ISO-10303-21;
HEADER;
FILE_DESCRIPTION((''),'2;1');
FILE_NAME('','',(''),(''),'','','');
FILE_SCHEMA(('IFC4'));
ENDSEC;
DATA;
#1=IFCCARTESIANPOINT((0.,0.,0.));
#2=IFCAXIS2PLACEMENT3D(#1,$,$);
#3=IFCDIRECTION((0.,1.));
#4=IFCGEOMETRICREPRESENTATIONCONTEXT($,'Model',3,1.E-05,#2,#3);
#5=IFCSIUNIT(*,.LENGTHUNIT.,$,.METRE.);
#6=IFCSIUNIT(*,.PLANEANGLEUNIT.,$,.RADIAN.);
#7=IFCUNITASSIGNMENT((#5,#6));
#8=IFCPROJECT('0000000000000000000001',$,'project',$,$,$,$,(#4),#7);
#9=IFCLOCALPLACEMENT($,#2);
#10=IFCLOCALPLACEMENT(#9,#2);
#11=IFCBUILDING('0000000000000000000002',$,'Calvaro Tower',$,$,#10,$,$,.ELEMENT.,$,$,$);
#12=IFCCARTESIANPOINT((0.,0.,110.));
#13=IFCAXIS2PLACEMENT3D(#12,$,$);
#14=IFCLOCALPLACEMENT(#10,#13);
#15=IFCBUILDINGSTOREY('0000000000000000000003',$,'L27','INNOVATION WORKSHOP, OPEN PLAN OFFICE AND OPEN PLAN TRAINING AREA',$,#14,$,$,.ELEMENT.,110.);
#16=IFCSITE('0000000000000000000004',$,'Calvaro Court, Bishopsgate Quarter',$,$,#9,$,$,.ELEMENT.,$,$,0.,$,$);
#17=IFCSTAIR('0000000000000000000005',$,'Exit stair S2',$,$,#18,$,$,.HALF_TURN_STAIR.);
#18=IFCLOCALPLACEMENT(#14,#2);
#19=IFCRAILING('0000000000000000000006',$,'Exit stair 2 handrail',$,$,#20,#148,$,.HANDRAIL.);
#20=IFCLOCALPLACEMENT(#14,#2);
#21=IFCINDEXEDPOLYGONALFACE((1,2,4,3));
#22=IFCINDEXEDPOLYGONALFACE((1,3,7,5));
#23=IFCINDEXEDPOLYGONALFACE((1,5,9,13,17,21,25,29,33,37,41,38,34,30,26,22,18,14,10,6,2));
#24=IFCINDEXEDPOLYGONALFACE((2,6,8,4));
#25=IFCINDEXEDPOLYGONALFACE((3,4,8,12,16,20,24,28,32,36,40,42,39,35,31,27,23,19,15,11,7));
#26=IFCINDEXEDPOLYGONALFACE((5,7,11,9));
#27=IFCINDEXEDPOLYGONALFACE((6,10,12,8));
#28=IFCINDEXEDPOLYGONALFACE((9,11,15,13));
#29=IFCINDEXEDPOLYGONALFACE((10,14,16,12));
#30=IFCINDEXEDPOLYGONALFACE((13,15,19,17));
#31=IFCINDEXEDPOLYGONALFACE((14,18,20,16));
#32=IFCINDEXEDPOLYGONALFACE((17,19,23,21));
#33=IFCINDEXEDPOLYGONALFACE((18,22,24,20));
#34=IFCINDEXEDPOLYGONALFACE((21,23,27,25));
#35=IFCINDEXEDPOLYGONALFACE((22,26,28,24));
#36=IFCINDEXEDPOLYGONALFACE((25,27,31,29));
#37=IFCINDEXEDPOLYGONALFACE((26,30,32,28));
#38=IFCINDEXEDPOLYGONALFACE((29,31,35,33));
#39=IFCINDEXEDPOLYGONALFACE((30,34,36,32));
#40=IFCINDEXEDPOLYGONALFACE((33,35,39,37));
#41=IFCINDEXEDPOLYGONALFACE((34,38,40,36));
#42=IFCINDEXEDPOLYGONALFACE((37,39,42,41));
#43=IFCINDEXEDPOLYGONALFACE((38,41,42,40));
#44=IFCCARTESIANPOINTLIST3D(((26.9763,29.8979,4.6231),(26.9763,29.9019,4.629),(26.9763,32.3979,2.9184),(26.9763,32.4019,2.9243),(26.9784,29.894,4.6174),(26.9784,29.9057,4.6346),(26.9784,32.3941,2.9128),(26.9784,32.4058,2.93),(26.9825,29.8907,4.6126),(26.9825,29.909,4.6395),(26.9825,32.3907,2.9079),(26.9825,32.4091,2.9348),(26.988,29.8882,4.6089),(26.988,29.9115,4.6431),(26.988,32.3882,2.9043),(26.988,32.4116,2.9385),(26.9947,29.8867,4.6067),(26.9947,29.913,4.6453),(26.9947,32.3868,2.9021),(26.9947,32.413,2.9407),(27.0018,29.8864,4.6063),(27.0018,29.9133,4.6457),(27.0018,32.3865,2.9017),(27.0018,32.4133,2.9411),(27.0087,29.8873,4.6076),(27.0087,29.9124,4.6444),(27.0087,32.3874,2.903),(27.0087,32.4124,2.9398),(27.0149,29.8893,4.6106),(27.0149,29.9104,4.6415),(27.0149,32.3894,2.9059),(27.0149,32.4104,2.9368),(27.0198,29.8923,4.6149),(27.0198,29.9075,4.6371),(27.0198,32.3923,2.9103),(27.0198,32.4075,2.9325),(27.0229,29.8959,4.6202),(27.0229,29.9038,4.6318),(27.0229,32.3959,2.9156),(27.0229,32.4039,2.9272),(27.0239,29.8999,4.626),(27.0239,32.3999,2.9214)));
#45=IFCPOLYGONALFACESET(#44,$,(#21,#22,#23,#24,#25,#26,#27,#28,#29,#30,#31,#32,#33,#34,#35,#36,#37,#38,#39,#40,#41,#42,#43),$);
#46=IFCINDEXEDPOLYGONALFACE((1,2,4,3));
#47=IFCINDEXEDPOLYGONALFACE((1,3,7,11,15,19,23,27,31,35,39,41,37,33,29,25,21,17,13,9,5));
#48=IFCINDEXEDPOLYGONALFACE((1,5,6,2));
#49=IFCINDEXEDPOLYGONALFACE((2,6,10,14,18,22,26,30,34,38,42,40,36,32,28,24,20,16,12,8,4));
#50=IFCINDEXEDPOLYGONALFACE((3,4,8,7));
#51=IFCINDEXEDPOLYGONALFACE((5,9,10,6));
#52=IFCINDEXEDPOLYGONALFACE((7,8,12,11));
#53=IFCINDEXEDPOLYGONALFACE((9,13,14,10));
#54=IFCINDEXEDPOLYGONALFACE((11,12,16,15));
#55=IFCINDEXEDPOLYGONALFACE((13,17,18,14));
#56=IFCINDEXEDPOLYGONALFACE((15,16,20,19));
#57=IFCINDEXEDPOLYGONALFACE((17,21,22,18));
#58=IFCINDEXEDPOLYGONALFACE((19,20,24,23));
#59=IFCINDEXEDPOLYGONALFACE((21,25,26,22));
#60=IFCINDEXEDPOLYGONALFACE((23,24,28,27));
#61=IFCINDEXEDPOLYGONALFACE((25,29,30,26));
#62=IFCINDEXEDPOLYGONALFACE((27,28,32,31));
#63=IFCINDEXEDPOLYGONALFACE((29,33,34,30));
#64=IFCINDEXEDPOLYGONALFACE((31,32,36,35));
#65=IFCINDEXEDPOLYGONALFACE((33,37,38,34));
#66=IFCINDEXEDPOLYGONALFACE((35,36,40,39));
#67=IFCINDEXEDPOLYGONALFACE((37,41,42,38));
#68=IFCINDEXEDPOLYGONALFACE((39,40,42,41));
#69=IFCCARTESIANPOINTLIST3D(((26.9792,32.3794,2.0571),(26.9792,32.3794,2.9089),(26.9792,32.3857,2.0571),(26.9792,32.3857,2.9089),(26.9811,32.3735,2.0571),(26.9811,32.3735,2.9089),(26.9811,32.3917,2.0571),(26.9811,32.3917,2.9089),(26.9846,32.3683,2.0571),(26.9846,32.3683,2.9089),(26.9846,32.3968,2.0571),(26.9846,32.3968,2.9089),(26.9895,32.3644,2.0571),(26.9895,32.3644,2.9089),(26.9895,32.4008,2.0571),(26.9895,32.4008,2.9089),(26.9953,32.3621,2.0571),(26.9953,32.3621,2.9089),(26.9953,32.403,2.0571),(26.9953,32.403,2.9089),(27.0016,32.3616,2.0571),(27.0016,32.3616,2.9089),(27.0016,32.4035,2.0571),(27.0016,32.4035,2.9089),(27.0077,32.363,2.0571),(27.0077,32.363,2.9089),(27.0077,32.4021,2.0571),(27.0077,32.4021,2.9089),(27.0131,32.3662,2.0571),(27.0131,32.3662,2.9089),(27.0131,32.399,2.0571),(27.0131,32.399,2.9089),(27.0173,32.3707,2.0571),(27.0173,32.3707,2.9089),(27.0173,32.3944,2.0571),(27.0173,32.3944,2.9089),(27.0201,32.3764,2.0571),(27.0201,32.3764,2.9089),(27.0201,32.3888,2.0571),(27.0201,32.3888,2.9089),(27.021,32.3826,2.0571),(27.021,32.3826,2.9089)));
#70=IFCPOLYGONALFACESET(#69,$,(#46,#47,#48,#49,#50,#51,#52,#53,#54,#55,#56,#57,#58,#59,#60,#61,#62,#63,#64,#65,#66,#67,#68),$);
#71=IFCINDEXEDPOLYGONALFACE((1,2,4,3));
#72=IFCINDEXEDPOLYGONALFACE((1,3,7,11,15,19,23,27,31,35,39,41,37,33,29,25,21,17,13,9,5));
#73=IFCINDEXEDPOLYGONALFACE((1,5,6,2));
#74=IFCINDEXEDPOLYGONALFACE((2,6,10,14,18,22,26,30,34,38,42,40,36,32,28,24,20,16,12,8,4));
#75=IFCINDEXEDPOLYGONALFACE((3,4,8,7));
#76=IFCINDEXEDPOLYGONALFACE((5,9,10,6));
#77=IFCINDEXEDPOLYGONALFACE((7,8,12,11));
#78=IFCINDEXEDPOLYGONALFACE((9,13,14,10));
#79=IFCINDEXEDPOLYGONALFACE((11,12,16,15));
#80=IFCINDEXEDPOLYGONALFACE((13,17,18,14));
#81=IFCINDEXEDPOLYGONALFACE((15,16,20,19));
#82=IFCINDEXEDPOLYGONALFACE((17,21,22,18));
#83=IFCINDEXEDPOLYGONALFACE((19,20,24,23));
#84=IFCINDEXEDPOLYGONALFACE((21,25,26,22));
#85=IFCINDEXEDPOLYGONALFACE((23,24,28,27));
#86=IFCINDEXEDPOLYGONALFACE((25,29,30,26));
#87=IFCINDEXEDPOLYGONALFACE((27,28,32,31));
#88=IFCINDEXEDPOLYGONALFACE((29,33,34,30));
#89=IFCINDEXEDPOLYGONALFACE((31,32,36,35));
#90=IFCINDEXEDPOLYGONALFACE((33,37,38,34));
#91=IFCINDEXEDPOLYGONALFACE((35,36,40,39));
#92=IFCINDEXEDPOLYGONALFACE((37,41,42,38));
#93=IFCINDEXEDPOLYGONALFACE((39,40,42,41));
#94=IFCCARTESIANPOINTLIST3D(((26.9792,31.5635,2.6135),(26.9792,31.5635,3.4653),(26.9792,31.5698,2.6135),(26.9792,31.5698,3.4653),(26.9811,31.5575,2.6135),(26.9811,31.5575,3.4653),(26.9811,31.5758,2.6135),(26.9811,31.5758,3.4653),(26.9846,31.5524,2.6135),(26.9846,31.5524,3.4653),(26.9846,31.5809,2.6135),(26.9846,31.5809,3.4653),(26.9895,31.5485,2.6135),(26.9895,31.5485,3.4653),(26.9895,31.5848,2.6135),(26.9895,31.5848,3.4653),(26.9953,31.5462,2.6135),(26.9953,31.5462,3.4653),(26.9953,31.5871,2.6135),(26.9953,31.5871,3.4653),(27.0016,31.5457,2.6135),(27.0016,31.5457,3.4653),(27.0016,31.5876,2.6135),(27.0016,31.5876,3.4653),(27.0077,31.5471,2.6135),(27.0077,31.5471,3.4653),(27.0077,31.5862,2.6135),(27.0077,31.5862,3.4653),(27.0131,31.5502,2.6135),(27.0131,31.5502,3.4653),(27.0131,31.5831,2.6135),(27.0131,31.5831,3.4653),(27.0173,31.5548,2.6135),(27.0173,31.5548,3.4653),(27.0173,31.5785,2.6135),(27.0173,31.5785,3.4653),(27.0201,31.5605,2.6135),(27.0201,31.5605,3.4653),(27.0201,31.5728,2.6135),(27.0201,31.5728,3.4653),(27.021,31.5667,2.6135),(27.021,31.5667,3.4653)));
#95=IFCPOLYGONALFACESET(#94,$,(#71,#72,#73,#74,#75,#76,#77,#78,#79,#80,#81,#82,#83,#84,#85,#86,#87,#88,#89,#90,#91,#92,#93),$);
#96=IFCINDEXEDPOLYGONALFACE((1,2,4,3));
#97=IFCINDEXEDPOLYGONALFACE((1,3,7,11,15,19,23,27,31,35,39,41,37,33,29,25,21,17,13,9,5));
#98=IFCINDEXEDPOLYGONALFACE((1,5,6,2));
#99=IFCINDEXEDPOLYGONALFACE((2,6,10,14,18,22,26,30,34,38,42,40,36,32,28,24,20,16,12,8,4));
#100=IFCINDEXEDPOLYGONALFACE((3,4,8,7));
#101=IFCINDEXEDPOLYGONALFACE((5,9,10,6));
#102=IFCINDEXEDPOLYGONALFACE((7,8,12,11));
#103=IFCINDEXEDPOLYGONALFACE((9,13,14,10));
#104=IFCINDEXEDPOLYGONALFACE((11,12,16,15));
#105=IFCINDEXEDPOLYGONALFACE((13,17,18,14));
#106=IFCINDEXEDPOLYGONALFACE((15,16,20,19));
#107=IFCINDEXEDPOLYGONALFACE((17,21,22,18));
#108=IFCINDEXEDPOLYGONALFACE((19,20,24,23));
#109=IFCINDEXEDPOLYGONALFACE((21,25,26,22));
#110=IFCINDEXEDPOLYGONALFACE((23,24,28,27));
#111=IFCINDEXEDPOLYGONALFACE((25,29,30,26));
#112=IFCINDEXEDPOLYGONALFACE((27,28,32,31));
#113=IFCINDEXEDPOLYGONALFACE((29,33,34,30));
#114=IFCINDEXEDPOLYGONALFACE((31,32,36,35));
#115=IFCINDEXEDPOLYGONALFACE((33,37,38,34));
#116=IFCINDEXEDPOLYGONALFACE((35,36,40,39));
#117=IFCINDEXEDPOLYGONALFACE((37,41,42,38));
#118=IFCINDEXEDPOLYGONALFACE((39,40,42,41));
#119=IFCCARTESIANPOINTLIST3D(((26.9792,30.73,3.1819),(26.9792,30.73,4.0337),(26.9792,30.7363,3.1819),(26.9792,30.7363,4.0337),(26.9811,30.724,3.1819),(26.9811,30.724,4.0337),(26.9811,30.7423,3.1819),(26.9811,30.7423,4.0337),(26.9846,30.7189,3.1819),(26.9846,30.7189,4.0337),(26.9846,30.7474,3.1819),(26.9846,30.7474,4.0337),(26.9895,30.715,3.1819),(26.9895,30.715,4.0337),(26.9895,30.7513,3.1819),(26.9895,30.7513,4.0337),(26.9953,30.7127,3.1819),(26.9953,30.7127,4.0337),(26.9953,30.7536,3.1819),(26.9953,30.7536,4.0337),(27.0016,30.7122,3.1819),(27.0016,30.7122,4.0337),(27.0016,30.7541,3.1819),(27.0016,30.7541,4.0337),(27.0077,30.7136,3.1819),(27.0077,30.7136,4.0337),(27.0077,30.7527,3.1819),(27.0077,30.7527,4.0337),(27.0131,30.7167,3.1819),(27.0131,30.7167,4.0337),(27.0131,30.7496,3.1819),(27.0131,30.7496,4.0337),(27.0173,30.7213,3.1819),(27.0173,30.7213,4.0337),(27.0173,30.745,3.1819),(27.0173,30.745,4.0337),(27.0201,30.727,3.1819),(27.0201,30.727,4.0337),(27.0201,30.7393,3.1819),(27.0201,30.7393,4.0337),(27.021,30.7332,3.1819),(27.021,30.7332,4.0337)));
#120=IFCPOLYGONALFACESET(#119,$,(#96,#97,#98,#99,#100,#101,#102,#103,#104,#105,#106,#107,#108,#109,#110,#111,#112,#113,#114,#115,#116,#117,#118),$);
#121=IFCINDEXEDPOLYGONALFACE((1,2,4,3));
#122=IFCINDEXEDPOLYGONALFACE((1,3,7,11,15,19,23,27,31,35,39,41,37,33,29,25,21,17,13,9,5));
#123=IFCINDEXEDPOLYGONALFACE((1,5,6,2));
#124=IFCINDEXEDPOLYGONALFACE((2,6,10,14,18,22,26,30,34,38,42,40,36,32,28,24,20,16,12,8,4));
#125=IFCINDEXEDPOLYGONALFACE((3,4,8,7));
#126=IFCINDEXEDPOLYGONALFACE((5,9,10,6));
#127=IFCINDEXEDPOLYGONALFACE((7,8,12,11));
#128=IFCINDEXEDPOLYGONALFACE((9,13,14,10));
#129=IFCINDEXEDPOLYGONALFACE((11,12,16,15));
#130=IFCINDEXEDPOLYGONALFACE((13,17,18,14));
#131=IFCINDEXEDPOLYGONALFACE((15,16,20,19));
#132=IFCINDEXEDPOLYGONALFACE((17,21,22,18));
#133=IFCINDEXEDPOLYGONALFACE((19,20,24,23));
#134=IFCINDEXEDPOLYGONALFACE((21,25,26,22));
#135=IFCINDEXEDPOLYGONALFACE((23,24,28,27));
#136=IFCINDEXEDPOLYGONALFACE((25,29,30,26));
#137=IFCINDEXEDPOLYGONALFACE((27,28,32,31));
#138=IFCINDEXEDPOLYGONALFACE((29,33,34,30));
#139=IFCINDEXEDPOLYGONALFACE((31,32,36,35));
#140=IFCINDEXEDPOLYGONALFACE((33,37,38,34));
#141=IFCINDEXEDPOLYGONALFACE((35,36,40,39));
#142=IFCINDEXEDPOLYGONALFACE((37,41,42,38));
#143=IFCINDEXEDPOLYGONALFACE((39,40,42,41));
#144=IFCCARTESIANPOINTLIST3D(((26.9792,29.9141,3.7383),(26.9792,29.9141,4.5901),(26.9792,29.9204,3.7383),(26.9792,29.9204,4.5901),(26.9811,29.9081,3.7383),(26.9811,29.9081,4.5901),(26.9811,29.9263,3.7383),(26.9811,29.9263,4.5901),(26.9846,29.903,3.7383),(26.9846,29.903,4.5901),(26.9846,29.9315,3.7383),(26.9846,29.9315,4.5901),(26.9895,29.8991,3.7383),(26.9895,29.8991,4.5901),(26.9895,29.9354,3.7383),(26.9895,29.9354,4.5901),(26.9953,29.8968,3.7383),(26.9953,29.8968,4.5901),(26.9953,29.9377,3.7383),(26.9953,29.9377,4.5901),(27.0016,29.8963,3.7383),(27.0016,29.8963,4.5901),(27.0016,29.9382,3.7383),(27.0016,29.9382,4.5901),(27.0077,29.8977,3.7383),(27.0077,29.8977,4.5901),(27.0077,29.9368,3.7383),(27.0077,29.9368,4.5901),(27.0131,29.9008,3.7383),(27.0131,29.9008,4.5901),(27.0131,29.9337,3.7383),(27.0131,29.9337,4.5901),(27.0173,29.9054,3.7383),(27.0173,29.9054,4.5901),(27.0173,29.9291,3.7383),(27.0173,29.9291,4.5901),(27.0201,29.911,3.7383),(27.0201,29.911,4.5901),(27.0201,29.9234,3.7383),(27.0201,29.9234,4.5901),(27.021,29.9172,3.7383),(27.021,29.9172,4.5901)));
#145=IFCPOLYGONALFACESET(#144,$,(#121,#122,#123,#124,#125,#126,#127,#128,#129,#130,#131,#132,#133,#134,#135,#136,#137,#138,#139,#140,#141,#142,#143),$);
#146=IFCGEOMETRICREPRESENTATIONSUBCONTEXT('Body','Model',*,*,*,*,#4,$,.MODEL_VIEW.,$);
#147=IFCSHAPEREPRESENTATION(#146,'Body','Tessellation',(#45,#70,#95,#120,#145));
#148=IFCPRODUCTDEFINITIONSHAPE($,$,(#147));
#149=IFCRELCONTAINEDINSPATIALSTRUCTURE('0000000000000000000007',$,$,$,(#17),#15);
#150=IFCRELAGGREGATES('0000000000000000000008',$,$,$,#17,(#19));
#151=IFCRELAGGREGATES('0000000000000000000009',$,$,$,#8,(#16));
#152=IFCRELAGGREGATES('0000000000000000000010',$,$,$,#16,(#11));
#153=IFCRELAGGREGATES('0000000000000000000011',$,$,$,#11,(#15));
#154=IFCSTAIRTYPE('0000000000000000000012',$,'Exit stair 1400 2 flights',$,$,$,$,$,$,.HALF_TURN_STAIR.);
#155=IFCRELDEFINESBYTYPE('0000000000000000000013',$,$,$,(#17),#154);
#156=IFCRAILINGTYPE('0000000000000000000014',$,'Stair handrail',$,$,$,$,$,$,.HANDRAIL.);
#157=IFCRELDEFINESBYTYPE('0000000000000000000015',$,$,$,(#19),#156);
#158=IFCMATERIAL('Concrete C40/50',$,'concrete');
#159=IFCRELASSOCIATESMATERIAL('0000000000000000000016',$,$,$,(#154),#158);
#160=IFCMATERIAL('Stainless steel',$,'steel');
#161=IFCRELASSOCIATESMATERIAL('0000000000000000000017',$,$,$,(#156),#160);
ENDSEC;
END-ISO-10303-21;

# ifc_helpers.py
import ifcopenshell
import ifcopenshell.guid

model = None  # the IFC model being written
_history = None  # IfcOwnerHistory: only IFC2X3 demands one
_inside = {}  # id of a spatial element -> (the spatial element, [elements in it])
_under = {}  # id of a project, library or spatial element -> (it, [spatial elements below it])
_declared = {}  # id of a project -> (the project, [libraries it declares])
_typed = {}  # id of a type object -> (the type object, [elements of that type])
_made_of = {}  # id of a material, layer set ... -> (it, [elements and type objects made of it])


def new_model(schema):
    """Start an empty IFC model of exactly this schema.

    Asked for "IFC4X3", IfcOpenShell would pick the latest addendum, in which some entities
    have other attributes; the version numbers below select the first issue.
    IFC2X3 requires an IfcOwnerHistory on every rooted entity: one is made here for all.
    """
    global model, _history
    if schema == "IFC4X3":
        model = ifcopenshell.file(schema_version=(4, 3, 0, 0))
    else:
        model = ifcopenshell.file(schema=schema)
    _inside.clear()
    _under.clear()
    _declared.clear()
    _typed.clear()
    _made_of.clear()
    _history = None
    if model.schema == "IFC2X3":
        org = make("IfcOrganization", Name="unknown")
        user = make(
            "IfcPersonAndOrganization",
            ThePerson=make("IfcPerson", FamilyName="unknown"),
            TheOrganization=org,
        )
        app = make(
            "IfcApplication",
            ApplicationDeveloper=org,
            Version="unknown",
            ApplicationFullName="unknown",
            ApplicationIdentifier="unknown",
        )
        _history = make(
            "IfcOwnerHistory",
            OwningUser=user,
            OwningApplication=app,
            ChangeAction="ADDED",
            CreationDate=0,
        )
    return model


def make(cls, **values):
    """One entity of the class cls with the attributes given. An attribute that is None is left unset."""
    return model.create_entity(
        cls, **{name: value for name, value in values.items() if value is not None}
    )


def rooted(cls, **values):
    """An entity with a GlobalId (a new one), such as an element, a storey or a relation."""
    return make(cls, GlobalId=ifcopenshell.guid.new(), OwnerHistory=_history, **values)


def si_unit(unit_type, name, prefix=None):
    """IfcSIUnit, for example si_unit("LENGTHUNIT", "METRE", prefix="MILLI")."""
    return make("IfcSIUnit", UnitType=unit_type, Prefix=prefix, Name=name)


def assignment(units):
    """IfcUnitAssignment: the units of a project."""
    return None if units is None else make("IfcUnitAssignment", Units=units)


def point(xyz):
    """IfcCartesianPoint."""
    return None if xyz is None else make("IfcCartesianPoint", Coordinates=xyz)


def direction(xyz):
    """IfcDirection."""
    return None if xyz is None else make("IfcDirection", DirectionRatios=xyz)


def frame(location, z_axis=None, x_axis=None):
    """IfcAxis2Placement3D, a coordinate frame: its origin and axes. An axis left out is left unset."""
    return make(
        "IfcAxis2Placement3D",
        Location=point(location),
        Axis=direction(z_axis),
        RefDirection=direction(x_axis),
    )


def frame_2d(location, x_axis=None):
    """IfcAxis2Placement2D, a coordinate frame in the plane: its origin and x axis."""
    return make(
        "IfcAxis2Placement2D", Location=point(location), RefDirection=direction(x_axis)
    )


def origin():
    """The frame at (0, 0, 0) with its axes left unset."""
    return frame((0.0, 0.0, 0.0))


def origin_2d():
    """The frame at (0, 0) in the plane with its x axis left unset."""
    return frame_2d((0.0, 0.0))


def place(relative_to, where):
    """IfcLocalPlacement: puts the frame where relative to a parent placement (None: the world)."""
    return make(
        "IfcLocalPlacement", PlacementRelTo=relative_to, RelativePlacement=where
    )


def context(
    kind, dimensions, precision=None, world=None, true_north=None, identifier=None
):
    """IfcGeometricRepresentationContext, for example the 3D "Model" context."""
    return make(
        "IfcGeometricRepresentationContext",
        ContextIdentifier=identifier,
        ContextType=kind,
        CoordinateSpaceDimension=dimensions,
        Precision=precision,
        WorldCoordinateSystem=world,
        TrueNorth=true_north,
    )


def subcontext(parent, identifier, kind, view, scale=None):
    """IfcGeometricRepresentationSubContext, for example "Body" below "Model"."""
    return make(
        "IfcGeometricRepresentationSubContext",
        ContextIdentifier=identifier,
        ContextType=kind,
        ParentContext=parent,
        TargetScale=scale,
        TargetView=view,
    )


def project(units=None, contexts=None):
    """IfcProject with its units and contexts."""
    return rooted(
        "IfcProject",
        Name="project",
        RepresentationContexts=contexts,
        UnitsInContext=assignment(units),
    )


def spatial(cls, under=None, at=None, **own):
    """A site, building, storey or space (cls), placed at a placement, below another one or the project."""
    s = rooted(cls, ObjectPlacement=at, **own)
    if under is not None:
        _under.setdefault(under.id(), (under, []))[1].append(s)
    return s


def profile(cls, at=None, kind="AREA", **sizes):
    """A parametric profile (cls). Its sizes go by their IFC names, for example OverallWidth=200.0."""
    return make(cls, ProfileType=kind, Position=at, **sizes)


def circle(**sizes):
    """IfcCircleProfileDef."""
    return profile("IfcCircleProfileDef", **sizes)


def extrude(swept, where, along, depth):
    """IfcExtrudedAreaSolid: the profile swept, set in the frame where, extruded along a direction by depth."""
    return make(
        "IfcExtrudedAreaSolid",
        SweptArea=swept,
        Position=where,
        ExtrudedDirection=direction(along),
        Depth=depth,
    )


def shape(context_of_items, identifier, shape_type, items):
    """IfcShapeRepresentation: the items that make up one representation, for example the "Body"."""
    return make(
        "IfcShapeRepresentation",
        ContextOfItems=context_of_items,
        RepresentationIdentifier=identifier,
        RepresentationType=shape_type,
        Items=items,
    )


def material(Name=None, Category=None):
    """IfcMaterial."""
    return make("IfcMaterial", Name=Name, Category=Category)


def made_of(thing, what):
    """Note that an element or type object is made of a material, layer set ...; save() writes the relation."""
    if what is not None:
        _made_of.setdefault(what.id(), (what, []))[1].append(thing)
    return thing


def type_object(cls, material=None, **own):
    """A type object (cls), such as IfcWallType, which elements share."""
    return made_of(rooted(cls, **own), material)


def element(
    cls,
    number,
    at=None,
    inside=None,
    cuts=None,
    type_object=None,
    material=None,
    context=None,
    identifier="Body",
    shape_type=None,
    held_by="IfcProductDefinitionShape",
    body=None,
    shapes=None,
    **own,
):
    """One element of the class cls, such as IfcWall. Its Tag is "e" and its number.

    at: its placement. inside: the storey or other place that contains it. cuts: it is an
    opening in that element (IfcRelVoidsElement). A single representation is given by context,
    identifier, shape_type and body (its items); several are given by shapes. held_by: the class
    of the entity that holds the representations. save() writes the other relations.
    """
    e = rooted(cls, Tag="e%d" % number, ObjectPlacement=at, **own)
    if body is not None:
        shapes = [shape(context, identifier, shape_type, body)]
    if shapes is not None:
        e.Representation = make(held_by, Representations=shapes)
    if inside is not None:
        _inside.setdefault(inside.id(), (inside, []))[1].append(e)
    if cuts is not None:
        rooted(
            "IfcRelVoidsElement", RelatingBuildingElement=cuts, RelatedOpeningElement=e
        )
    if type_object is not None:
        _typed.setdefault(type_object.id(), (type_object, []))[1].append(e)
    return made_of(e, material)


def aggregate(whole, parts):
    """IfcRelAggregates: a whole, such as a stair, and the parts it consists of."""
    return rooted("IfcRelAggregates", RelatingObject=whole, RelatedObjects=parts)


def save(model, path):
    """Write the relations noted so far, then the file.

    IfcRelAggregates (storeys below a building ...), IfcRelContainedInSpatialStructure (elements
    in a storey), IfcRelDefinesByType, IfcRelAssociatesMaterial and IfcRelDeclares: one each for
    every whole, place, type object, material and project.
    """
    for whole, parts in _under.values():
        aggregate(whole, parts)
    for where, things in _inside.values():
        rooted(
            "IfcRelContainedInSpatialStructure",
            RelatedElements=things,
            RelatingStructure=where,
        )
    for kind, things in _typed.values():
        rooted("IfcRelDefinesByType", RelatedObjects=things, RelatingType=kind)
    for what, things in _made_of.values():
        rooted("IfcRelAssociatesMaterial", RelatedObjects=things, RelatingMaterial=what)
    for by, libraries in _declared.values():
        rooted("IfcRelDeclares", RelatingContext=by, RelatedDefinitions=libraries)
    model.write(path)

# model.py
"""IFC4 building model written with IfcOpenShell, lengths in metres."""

from ifc_helpers import new_model, si_unit, direction, frame, origin, origin_2d, place, context, subcontext, project, spatial, circle, extrude, material, type_object, element, aggregate, save


model = new_model("IFC4")

# Units and contexts
model_context = context("Model", 3, precision=1e-05, world=origin(), true_north=direction((0.0, 1.0)))
body_context = subcontext(model_context, "Body", "Model", "MODEL_VIEW")
ifc_project = project(units=[si_unit("LENGTHUNIT", "METRE"), si_unit("PLANEANGLEUNIT", "RADIAN")], contexts=[model_context])

# Site, building, storey
site_placement = place(None, origin())
site = spatial("IfcSite", under=ifc_project, at=site_placement, Name="Calvaro Court, Bishopsgate Quarter", CompositionType="ELEMENT", RefElevation=0.0)
building_placement = place(site_placement, origin())
building = spatial("IfcBuilding", under=site, at=building_placement, Name="Calvaro Tower", CompositionType="ELEMENT")
storey_placement = place(building_placement, frame((0.0, 0.0, 110.0)))
storey = spatial("IfcBuildingStorey", under=building, at=storey_placement, Name="L27", Description="INNOVATION WORKSHOP, OPEN PLAN OFFICE AND OPEN PLAN TRAINING AREA", CompositionType="ELEMENT", Elevation=110.0)

# Stair, railing
ifc_material_1 = material(Name="Concrete C40/50", Category="concrete")
stair_type = type_object("IfcStairType", Name="Exit stair 1400 2 flights", PredefinedType="HALF_TURN_STAIR", material=ifc_material_1)
stair_placement = place(storey_placement, origin())
stair = element("IfcStair", 1, at=stair_placement, inside=storey, type_object=stair_type, Name="Exit stair S2", PredefinedType="HALF_TURN_STAIR")
ifc_material_2 = material(Name="Stainless steel", Category="steel")
railing_type = type_object("IfcRailingType", Name="Stair handrail", PredefinedType="HANDRAIL", material=ifc_material_2)
railing_1_placement = place(storey_placement, frame((27.0, 32.3999, 2.0454)))
railing_1 = element("IfcRailing", 2, at=railing_1_placement, type_object=railing_type, Name="Exit stair 2 handrail", PredefinedType="HANDRAIL", context=body_context, shape_type="SweptSolid", body=[
    extrude(circle(Radius=0.0239, at=origin_2d()), frame((0.0, 0.0, 0.876), z_axis=(0.0, -0.826221, 0.563347), x_axis=(1.0, 0.0, 0.0)), (0.0, 0.0, 1.0), 3.0259),
    extrude(circle(Radius=0.021, at=origin_2d()), frame((0.0, -0.0173, 0.0117)), (0.0, 0.0, 1.0), 0.8518),
    extrude(circle(Radius=0.021, at=origin_2d()), frame((0.0, -0.8333, 0.5681)), (0.0, 0.0, 1.0), 0.8518),
    extrude(circle(Radius=0.021, at=origin_2d()), frame((0.0, -1.6667, 1.1365)), (0.0, 0.0, 1.0), 0.8518),
    extrude(circle(Radius=0.021, at=origin_2d()), frame((0.0, -2.4827, 1.6929)), (0.0, 0.0, 1.0), 0.8518),
])
aggregate(stair, [railing_1])

save(model, "model.ifc")
